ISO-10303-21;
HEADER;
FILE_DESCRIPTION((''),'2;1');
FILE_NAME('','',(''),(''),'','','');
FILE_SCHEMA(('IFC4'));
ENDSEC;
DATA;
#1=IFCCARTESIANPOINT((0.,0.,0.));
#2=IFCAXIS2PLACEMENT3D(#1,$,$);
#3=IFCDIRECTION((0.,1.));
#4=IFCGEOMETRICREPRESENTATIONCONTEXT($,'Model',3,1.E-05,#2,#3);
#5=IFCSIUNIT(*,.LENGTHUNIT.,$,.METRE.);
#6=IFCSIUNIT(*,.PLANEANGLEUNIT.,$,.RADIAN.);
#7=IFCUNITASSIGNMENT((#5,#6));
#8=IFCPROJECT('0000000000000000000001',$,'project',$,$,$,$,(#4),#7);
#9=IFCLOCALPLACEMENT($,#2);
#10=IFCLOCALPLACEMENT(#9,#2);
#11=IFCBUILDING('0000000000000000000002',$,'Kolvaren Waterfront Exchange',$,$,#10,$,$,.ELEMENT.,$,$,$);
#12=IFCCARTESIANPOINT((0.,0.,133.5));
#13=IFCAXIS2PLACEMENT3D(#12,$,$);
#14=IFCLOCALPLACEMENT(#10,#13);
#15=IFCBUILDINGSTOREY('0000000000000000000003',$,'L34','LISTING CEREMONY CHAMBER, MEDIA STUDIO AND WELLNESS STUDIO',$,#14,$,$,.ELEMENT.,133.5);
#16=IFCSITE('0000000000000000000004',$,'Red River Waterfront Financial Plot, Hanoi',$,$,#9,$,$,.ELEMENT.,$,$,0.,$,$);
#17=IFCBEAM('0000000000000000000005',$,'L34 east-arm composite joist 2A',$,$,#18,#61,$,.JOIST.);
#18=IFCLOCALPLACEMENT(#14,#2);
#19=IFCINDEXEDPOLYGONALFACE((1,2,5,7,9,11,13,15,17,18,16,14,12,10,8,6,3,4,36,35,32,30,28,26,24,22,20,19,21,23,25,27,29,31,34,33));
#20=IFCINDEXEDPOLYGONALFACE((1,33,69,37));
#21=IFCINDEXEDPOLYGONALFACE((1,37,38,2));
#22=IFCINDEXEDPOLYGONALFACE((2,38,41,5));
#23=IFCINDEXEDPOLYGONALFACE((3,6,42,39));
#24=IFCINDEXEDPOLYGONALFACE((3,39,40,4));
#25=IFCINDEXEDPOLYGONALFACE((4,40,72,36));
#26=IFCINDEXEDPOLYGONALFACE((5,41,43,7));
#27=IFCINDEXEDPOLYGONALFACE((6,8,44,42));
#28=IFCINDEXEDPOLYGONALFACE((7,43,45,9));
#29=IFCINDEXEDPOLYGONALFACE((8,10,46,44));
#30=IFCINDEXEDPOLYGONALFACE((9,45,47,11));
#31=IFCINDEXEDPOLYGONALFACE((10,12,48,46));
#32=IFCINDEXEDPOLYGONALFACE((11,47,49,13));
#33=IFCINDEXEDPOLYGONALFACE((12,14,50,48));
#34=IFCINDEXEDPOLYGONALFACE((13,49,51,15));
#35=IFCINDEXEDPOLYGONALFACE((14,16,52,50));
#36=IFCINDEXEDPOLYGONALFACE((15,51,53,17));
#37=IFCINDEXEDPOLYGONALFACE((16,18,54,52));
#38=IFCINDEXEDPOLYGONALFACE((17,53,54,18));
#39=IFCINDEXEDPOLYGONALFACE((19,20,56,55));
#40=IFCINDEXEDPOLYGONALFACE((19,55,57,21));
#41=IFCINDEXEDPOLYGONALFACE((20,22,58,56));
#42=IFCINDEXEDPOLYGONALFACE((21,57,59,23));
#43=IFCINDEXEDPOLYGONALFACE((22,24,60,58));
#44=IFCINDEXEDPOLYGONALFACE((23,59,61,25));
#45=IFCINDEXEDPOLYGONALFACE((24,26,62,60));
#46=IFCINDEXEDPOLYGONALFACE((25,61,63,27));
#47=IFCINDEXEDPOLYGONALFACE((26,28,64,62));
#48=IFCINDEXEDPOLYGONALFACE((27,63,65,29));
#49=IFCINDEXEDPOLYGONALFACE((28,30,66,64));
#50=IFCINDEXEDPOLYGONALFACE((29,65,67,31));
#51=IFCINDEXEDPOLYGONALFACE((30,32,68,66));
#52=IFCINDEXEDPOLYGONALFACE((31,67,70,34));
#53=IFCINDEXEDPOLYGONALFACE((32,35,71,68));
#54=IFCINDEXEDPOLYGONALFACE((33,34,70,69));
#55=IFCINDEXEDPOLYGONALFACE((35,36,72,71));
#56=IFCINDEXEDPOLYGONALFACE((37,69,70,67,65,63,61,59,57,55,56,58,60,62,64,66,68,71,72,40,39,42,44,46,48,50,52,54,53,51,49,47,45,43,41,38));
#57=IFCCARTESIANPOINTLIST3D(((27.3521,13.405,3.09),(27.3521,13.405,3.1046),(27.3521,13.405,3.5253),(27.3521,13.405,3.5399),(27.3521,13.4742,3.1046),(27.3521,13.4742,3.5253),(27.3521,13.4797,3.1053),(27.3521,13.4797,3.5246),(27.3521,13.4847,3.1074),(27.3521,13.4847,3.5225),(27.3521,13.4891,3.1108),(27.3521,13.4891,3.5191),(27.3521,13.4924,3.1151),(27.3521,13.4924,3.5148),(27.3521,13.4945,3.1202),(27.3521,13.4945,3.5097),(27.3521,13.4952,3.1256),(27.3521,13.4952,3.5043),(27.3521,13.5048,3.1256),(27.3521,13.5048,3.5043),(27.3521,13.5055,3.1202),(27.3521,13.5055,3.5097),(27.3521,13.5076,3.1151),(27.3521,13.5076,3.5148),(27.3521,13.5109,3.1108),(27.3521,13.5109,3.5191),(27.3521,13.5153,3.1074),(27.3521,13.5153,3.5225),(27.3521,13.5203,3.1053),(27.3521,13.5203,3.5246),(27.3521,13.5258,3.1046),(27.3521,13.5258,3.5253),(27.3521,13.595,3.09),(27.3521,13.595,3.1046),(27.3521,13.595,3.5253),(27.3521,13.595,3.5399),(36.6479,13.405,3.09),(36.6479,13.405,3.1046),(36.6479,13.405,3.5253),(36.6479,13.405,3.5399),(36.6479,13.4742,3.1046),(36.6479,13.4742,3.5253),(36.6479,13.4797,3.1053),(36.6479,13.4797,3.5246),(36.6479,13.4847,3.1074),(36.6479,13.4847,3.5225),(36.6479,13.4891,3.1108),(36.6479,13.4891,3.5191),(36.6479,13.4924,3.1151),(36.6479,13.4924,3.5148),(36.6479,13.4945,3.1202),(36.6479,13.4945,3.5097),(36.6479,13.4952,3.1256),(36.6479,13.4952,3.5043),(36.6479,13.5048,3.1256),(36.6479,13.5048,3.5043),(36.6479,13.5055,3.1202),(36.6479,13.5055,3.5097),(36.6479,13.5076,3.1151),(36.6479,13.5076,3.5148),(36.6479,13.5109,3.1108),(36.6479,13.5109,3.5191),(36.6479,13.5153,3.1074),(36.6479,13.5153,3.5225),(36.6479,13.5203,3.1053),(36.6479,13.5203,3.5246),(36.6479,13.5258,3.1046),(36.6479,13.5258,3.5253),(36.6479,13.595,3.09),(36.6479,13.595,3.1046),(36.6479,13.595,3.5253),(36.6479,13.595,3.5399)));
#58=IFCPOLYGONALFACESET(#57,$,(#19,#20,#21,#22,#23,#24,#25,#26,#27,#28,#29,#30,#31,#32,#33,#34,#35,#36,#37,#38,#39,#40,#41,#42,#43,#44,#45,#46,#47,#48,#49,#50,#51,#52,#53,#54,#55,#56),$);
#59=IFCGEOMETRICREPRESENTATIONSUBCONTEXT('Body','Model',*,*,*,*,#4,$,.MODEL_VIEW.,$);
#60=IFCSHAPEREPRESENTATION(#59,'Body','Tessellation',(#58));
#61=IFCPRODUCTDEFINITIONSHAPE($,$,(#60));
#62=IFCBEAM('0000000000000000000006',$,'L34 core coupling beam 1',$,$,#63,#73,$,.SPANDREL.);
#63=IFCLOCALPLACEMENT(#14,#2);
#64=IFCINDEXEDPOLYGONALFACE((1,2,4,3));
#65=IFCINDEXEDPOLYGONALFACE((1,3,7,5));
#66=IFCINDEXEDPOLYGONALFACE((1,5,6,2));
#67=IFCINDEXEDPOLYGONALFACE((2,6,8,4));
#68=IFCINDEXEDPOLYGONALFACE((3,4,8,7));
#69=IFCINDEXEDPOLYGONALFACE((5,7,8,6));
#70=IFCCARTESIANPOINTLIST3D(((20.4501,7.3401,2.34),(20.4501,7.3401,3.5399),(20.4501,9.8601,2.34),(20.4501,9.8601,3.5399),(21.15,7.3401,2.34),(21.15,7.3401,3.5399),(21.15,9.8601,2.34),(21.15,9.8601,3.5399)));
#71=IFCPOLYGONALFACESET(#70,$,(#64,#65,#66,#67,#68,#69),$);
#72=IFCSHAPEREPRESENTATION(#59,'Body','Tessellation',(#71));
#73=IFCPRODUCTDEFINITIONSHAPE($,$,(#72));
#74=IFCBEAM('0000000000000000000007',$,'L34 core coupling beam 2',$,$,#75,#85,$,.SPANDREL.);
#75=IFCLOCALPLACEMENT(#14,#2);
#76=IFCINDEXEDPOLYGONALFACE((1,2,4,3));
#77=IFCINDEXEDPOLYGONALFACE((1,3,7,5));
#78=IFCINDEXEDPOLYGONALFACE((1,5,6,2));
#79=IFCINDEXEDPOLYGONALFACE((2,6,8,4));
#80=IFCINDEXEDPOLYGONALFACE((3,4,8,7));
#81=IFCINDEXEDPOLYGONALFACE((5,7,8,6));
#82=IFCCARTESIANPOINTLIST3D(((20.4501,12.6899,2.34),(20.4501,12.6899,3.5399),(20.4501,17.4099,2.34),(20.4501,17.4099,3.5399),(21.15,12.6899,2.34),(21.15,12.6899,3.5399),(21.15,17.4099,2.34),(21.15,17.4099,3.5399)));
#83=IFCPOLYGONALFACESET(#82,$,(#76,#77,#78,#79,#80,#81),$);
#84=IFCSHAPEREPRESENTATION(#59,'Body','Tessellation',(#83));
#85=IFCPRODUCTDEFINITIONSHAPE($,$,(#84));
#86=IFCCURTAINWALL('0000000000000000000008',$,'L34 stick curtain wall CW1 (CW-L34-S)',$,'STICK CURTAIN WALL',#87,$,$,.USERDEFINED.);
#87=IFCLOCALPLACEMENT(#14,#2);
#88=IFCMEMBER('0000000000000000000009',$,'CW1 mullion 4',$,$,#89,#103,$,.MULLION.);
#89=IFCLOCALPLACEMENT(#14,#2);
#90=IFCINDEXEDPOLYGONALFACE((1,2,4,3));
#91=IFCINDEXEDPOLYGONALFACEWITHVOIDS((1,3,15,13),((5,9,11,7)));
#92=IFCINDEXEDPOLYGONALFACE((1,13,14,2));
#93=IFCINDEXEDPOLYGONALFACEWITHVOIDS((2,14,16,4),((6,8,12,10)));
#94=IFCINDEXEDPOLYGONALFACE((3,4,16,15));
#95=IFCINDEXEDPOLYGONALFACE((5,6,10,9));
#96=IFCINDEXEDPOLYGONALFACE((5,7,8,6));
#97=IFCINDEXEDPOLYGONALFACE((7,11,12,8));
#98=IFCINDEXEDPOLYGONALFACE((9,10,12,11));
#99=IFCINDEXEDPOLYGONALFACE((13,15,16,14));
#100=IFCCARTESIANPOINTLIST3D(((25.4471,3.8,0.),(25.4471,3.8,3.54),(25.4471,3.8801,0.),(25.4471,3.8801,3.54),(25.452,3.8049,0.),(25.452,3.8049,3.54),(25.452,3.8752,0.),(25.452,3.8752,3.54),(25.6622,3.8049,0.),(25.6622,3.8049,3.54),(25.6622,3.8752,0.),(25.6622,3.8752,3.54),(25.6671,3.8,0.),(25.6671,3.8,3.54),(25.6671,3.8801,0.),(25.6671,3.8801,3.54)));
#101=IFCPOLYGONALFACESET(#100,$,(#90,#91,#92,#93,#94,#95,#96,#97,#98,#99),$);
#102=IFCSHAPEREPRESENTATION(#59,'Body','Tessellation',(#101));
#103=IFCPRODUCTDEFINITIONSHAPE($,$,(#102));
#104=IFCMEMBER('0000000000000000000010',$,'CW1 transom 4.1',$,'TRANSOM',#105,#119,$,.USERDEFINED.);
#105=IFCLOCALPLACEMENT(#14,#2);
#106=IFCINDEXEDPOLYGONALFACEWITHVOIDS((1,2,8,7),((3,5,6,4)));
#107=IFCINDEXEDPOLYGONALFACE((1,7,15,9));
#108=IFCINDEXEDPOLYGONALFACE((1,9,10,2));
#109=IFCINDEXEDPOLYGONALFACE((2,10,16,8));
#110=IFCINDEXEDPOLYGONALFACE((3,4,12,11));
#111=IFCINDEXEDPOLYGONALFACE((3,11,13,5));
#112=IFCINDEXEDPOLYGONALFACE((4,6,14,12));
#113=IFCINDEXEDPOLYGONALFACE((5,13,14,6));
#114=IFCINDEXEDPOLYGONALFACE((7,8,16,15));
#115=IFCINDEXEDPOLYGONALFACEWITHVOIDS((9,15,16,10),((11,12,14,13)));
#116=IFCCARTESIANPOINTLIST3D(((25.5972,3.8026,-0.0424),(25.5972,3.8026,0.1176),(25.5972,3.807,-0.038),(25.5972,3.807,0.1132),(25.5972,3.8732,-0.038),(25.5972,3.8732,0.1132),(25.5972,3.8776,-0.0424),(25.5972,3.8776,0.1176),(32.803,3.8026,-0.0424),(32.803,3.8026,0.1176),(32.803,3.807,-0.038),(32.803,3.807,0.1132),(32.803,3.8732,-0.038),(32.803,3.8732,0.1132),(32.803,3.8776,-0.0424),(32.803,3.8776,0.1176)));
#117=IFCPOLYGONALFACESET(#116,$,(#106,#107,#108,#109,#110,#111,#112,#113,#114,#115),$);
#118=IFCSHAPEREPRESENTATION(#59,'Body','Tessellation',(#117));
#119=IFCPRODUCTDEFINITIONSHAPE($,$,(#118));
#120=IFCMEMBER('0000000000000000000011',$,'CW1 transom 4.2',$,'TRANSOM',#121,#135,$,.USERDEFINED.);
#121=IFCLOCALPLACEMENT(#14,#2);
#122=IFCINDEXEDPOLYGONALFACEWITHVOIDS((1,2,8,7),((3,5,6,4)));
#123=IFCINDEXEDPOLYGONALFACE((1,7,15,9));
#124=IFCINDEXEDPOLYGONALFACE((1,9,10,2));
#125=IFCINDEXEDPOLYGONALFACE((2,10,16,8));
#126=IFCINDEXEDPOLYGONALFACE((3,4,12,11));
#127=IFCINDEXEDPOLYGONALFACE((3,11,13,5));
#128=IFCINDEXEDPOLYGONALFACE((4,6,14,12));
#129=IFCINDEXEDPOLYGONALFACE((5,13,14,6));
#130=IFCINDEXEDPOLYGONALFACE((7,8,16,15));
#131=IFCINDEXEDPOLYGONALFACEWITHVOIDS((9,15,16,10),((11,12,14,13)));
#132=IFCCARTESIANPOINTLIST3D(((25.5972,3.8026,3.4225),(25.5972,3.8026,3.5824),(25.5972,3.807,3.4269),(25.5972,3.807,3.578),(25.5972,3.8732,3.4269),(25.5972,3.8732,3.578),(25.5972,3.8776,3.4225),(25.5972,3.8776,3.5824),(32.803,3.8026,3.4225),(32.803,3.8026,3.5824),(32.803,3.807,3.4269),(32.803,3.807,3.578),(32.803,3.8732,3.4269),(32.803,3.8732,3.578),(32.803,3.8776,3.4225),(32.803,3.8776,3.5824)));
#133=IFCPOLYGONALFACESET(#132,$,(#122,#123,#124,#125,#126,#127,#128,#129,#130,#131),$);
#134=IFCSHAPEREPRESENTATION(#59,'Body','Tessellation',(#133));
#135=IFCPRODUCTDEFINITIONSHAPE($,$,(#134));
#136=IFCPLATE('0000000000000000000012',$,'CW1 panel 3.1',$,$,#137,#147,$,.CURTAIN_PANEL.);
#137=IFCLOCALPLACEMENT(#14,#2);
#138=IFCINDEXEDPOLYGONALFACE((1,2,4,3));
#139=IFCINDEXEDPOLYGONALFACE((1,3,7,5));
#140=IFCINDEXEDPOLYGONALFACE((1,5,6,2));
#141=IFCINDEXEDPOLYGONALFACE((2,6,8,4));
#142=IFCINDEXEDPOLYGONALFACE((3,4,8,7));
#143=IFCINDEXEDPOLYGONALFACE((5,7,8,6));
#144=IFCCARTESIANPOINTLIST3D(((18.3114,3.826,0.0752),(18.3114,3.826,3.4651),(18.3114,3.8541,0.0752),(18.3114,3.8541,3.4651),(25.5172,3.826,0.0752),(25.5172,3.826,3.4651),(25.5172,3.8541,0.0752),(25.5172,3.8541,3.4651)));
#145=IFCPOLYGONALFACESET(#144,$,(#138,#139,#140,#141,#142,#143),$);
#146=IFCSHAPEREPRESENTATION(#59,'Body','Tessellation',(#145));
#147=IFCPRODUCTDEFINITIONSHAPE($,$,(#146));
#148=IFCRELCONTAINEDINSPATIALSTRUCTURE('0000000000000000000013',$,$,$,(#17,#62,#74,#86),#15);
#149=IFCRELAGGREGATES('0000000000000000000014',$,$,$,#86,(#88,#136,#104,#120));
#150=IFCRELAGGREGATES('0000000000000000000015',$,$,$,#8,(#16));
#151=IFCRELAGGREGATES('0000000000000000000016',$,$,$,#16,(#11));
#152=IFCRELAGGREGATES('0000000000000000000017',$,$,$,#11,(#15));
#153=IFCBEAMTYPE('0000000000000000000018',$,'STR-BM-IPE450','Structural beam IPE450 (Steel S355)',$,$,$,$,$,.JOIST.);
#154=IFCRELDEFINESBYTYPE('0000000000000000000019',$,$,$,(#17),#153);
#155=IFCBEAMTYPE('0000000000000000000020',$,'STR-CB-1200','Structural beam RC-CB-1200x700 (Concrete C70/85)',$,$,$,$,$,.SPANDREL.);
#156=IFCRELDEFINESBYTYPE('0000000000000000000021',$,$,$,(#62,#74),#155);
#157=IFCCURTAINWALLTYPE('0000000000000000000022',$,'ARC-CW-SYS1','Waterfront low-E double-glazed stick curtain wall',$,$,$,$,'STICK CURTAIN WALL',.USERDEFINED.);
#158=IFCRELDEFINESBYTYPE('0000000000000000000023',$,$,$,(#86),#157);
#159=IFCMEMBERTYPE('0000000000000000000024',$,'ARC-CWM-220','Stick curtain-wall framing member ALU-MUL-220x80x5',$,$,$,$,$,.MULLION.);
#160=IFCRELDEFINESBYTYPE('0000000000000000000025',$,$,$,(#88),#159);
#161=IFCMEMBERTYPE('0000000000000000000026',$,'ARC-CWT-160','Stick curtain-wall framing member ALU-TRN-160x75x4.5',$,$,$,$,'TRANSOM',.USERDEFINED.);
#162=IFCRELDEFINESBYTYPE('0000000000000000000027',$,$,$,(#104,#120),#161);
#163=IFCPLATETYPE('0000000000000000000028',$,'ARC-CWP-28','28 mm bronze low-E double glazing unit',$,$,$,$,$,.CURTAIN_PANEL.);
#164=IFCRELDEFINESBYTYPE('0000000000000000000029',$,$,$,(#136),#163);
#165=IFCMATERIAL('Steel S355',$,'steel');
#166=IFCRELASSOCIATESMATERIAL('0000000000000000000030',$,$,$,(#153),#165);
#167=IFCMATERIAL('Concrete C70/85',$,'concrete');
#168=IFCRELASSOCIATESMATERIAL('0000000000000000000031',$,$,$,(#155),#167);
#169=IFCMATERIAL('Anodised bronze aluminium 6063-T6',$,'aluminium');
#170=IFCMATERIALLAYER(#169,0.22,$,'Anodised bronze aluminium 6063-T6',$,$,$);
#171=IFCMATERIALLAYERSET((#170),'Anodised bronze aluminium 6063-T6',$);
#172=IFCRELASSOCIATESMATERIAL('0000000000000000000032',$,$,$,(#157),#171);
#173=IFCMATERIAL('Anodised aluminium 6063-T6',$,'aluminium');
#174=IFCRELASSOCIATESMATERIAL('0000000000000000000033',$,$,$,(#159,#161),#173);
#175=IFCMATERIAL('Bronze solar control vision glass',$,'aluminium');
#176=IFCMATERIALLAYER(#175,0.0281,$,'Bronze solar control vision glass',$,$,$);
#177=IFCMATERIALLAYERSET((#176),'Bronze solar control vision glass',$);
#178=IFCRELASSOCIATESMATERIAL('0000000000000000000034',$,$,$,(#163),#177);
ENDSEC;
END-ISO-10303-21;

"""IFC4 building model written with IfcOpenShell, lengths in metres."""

from ifc_helpers import new_model, si_unit, direction, frame, origin, origin_with_axes, origin_2d, place, context, subcontext, project, spatial, rectangle, hollow_rectangle, i_section, extrude, source, transform, mapped, material, layer, layer_set, material_profile, profile_set, type_object, element, aggregate, save


model = new_model("IFC4")

# Units and contexts
model_context = context("Model", 3, precision=1e-05, world=origin(), true_north=direction((0.0, 1.0)))
body_context = subcontext(model_context, "Body", "Model", "MODEL_VIEW")
ifc_project = project(units=[si_unit("LENGTHUNIT", "METRE"), si_unit("PLANEANGLEUNIT", "RADIAN")], contexts=[model_context])

# Site, building, storey
site_placement = place(None, origin())
site = spatial("IfcSite", under=ifc_project, at=site_placement, Name="Red River Waterfront Financial Plot, Hanoi", CompositionType="ELEMENT", RefElevation=0.0)
building_placement = place(site_placement, origin())
building = spatial("IfcBuilding", under=site, at=building_placement, Name="Kolvaren Waterfront Exchange", CompositionType="ELEMENT")
storey_placement = place(building_placement, frame((0.0, 0.0, 133.5)))
storey = spatial("IfcBuildingStorey", under=building, at=storey_placement, Name="L34", Description="LISTING CEREMONY CHAMBER, MEDIA STUDIO AND WELLNESS STUDIO", CompositionType="ELEMENT", Elevation=133.5)

# Beams
ifc_material_1 = material(Name="Steel S355", Category="steel")
ifc_material_profile_1 = material_profile(ifc_material_1, i_section(OverallWidth=0.1899, OverallDepth=0.45, WebThickness=0.0095, FlangeThickness=0.0146, FilletRadius=0.021, at=origin_2d()), Name="IPE450")
ifc_profile_set_1 = profile_set([ifc_material_profile_1], Name="Steel S355")
beam_type_1 = type_object("IfcBeamType", Name="STR-BM-IPE450", Description="Structural beam IPE450 (Steel S355)", PredefinedType="JOIST", material=ifc_profile_set_1)
beam_1_placement = place(storey_placement, frame((27.3521, 13.5, 3.3149), z_axis=(1.0, 0.0, 0.0), x_axis=(0.0, 1.0, 0.0)))
element("IfcBeam", 1, at=beam_1_placement, inside=storey, type_object=beam_type_1, Name="L34 east-arm composite joist 2A", PredefinedType="JOIST", context=body_context, shape_type="SweptSolid", body=[
    extrude(i_section(OverallWidth=0.1899, OverallDepth=0.45, WebThickness=0.0095, FlangeThickness=0.0146, FilletRadius=0.021, at=origin_2d()), origin(), (0.0, 0.0, 1.0), 9.2959),
])
ifc_material_2 = material(Name="Concrete C70/85", Category="concrete")
ifc_material_profile_2 = material_profile(ifc_material_2, rectangle(XDim=0.7, YDim=1.2, at=origin_2d()), Name="RC-CB-1200x700")
ifc_profile_set_2 = profile_set([ifc_material_profile_2], Name="Concrete C70/85")
beam_type_2 = type_object("IfcBeamType", Name="STR-CB-1200", Description="Structural beam RC-CB-1200x700 (Concrete C70/85)", PredefinedType="SPANDREL", material=ifc_profile_set_2)
beam_2_placement = place(storey_placement, frame((20.8, 7.3401, 2.9399), z_axis=(0.0, 1.0, 0.0), x_axis=(-1.0, 0.0, 0.0)))
element("IfcBeam", 2, at=beam_2_placement, inside=storey, type_object=beam_type_2, Name="L34 core coupling beam 1", PredefinedType="SPANDREL", context=body_context, shape_type="SweptSolid", body=[
    extrude(rectangle(XDim=0.7, YDim=1.2, at=origin_2d()), origin(), (0.0, 0.0, 1.0), 2.52),
])
beam_3_placement = place(storey_placement, frame((20.8, 12.6899, 2.9399), z_axis=(0.0, 1.0, 0.0), x_axis=(-1.0, 0.0, 0.0)))
element("IfcBeam", 3, at=beam_3_placement, inside=storey, type_object=beam_type_2, Name="L34 core coupling beam 2", PredefinedType="SPANDREL", context=body_context, shape_type="SweptSolid", body=[
    extrude(rectangle(XDim=0.7, YDim=1.2, at=origin_2d()), origin(), (0.0, 0.0, 1.0), 4.72),
])

# Curtain wall, members, plate
ifc_material_3 = material(Name="Anodised bronze aluminium 6063-T6", Category="aluminium")
ifc_layer_1 = layer(ifc_material_3, 0.22, Name="Anodised bronze aluminium 6063-T6")
ifc_layer_set_1 = layer_set([ifc_layer_1], Name="Anodised bronze aluminium 6063-T6")
curtain_wall_type = type_object("IfcCurtainWallType", Name="ARC-CW-SYS1", Description="Waterfront low-E double-glazed stick curtain wall", ElementType="STICK CURTAIN WALL", PredefinedType="USERDEFINED", material=ifc_layer_set_1)
curtain_wall_placement = place(storey_placement, origin())
curtain_wall = element("IfcCurtainWall", 4, at=curtain_wall_placement, inside=storey, type_object=curtain_wall_type, Name="L34 stick curtain wall CW1 (CW-L34-S)", ObjectType="STICK CURTAIN WALL", PredefinedType="USERDEFINED")
ifc_material_4 = material(Name="Anodised aluminium 6063-T6", Category="aluminium")
ifc_material_profile_3 = material_profile(ifc_material_4, hollow_rectangle(XDim=0.0801, YDim=0.22, WallThickness=0.0049, at=origin_2d()), Name="ALU-MUL-220x80x5")
ifc_profile_set_3 = profile_set([ifc_material_profile_3], Name="Anodised aluminium 6063-T6")
member_type_1 = type_object("IfcMemberType", Name="ARC-CWM-220", Description="Stick curtain-wall framing member ALU-MUL-220x80x5", PredefinedType="MULLION", material=ifc_profile_set_3)
shared_shape_1 = source(origin_with_axes(), body_context, "Body", "SweptSolid", [
    extrude(hollow_rectangle(XDim=0.0801, YDim=0.22, WallThickness=0.0049, at=origin_2d()), origin(), (0.0, 0.0, 1.0), 3.54),
])
member_1_placement = place(storey_placement, frame((25.5571, 3.8401, 0.0), z_axis=(0.0, 0.0, 1.0), x_axis=(0.0, 1.0, 0.0)))
member_1 = element("IfcMember", 5, at=member_1_placement, type_object=member_type_1, Name="CW1 mullion 4", PredefinedType="MULLION", context=body_context, shape_type="MappedRepresentation", body=[
    mapped(shared_shape_1, transform((0.0, 0.0, 0.0), x_axis=(1.0, 0.0, 0.0), y_axis=(0.0, 1.0, 0.0), z_axis=(0.0, 0.0, 1.0), scale=1.0)),
])
ifc_material_profile_4 = material_profile(ifc_material_4, hollow_rectangle(XDim=0.075, YDim=0.1599, WallThickness=0.0044, at=origin_2d()), Name="ALU-TRN-160x75x4.5")
ifc_profile_set_4 = profile_set([ifc_material_profile_4], Name="Anodised aluminium 6063-T6")
member_type_2 = type_object("IfcMemberType", Name="ARC-CWT-160", Description="Stick curtain-wall framing member ALU-TRN-160x75x4.5", ElementType="TRANSOM", PredefinedType="USERDEFINED", material=ifc_profile_set_4)
shared_shape_2 = source(origin_with_axes(), body_context, "Body", "SweptSolid", [
    extrude(hollow_rectangle(XDim=0.075, YDim=0.1599, WallThickness=0.0044, at=origin_2d()), origin(), (0.0, 0.0, 1.0), 7.2058),
])
member_2_placement = place(storey_placement, frame((25.5972, 3.8401, 0.0376), z_axis=(1.0, 0.0, 0.0), x_axis=(0.0, 1.0, 0.0)))
member_2 = element("IfcMember", 6, at=member_2_placement, type_object=member_type_2, Name="CW1 transom 4.1", ObjectType="TRANSOM", PredefinedType="USERDEFINED", context=body_context, shape_type="MappedRepresentation", body=[
    mapped(shared_shape_2, transform((0.0, 0.0, 0.0), x_axis=(1.0, 0.0, 0.0), y_axis=(0.0, 1.0, 0.0), z_axis=(0.0, 0.0, 1.0), scale=1.0)),
])
member_3_placement = place(storey_placement, frame((25.5972, 3.8401, 3.5024), z_axis=(1.0, 0.0, 0.0), x_axis=(0.0, 1.0, 0.0)))
member_3 = element("IfcMember", 7, at=member_3_placement, type_object=member_type_2, Name="CW1 transom 4.2", ObjectType="TRANSOM", PredefinedType="USERDEFINED", context=body_context, shape_type="MappedRepresentation", body=[
    mapped(shared_shape_2, transform((0.0, 0.0, 0.0), x_axis=(1.0, 0.0, 0.0), y_axis=(0.0, 1.0, 0.0), z_axis=(0.0, 0.0, 1.0), scale=1.0)),
])
ifc_material_5 = material(Name="Bronze solar control vision glass", Category="aluminium")
ifc_layer_2 = layer(ifc_material_5, 0.0281, Name="Bronze solar control vision glass")
ifc_layer_set_2 = layer_set([ifc_layer_2], Name="Bronze solar control vision glass")
plate_type = type_object("IfcPlateType", Name="ARC-CWP-28", Description="28 mm bronze low-E double glazing unit", PredefinedType="CURTAIN_PANEL", material=ifc_layer_set_2)
shared_shape_3 = source(origin_with_axes(), body_context, "Body", "SweptSolid", [
    extrude(rectangle(XDim=7.2058, YDim=0.0281, at=origin_2d()), origin(), (0.0, 0.0, 1.0), 3.3899),
])
plate_placement = place(storey_placement, frame((21.9143, 3.8401, 0.0752), z_axis=(0.0, 0.0, 1.0), x_axis=(1.0, 0.0, 0.0)))
plate = element("IfcPlate", 8, at=plate_placement, type_object=plate_type, Name="CW1 panel 3.1", PredefinedType="CURTAIN_PANEL", context=body_context, shape_type="MappedRepresentation", body=[
    mapped(shared_shape_3, transform((0.0, 0.0, 0.0), x_axis=(1.0, 0.0, 0.0), y_axis=(0.0, 1.0, 0.0), z_axis=(0.0, 0.0, 1.0), scale=1.0)),
])
aggregate(curtain_wall, [member_1, plate, member_2, member_3])

save(model, "model.ifc")
